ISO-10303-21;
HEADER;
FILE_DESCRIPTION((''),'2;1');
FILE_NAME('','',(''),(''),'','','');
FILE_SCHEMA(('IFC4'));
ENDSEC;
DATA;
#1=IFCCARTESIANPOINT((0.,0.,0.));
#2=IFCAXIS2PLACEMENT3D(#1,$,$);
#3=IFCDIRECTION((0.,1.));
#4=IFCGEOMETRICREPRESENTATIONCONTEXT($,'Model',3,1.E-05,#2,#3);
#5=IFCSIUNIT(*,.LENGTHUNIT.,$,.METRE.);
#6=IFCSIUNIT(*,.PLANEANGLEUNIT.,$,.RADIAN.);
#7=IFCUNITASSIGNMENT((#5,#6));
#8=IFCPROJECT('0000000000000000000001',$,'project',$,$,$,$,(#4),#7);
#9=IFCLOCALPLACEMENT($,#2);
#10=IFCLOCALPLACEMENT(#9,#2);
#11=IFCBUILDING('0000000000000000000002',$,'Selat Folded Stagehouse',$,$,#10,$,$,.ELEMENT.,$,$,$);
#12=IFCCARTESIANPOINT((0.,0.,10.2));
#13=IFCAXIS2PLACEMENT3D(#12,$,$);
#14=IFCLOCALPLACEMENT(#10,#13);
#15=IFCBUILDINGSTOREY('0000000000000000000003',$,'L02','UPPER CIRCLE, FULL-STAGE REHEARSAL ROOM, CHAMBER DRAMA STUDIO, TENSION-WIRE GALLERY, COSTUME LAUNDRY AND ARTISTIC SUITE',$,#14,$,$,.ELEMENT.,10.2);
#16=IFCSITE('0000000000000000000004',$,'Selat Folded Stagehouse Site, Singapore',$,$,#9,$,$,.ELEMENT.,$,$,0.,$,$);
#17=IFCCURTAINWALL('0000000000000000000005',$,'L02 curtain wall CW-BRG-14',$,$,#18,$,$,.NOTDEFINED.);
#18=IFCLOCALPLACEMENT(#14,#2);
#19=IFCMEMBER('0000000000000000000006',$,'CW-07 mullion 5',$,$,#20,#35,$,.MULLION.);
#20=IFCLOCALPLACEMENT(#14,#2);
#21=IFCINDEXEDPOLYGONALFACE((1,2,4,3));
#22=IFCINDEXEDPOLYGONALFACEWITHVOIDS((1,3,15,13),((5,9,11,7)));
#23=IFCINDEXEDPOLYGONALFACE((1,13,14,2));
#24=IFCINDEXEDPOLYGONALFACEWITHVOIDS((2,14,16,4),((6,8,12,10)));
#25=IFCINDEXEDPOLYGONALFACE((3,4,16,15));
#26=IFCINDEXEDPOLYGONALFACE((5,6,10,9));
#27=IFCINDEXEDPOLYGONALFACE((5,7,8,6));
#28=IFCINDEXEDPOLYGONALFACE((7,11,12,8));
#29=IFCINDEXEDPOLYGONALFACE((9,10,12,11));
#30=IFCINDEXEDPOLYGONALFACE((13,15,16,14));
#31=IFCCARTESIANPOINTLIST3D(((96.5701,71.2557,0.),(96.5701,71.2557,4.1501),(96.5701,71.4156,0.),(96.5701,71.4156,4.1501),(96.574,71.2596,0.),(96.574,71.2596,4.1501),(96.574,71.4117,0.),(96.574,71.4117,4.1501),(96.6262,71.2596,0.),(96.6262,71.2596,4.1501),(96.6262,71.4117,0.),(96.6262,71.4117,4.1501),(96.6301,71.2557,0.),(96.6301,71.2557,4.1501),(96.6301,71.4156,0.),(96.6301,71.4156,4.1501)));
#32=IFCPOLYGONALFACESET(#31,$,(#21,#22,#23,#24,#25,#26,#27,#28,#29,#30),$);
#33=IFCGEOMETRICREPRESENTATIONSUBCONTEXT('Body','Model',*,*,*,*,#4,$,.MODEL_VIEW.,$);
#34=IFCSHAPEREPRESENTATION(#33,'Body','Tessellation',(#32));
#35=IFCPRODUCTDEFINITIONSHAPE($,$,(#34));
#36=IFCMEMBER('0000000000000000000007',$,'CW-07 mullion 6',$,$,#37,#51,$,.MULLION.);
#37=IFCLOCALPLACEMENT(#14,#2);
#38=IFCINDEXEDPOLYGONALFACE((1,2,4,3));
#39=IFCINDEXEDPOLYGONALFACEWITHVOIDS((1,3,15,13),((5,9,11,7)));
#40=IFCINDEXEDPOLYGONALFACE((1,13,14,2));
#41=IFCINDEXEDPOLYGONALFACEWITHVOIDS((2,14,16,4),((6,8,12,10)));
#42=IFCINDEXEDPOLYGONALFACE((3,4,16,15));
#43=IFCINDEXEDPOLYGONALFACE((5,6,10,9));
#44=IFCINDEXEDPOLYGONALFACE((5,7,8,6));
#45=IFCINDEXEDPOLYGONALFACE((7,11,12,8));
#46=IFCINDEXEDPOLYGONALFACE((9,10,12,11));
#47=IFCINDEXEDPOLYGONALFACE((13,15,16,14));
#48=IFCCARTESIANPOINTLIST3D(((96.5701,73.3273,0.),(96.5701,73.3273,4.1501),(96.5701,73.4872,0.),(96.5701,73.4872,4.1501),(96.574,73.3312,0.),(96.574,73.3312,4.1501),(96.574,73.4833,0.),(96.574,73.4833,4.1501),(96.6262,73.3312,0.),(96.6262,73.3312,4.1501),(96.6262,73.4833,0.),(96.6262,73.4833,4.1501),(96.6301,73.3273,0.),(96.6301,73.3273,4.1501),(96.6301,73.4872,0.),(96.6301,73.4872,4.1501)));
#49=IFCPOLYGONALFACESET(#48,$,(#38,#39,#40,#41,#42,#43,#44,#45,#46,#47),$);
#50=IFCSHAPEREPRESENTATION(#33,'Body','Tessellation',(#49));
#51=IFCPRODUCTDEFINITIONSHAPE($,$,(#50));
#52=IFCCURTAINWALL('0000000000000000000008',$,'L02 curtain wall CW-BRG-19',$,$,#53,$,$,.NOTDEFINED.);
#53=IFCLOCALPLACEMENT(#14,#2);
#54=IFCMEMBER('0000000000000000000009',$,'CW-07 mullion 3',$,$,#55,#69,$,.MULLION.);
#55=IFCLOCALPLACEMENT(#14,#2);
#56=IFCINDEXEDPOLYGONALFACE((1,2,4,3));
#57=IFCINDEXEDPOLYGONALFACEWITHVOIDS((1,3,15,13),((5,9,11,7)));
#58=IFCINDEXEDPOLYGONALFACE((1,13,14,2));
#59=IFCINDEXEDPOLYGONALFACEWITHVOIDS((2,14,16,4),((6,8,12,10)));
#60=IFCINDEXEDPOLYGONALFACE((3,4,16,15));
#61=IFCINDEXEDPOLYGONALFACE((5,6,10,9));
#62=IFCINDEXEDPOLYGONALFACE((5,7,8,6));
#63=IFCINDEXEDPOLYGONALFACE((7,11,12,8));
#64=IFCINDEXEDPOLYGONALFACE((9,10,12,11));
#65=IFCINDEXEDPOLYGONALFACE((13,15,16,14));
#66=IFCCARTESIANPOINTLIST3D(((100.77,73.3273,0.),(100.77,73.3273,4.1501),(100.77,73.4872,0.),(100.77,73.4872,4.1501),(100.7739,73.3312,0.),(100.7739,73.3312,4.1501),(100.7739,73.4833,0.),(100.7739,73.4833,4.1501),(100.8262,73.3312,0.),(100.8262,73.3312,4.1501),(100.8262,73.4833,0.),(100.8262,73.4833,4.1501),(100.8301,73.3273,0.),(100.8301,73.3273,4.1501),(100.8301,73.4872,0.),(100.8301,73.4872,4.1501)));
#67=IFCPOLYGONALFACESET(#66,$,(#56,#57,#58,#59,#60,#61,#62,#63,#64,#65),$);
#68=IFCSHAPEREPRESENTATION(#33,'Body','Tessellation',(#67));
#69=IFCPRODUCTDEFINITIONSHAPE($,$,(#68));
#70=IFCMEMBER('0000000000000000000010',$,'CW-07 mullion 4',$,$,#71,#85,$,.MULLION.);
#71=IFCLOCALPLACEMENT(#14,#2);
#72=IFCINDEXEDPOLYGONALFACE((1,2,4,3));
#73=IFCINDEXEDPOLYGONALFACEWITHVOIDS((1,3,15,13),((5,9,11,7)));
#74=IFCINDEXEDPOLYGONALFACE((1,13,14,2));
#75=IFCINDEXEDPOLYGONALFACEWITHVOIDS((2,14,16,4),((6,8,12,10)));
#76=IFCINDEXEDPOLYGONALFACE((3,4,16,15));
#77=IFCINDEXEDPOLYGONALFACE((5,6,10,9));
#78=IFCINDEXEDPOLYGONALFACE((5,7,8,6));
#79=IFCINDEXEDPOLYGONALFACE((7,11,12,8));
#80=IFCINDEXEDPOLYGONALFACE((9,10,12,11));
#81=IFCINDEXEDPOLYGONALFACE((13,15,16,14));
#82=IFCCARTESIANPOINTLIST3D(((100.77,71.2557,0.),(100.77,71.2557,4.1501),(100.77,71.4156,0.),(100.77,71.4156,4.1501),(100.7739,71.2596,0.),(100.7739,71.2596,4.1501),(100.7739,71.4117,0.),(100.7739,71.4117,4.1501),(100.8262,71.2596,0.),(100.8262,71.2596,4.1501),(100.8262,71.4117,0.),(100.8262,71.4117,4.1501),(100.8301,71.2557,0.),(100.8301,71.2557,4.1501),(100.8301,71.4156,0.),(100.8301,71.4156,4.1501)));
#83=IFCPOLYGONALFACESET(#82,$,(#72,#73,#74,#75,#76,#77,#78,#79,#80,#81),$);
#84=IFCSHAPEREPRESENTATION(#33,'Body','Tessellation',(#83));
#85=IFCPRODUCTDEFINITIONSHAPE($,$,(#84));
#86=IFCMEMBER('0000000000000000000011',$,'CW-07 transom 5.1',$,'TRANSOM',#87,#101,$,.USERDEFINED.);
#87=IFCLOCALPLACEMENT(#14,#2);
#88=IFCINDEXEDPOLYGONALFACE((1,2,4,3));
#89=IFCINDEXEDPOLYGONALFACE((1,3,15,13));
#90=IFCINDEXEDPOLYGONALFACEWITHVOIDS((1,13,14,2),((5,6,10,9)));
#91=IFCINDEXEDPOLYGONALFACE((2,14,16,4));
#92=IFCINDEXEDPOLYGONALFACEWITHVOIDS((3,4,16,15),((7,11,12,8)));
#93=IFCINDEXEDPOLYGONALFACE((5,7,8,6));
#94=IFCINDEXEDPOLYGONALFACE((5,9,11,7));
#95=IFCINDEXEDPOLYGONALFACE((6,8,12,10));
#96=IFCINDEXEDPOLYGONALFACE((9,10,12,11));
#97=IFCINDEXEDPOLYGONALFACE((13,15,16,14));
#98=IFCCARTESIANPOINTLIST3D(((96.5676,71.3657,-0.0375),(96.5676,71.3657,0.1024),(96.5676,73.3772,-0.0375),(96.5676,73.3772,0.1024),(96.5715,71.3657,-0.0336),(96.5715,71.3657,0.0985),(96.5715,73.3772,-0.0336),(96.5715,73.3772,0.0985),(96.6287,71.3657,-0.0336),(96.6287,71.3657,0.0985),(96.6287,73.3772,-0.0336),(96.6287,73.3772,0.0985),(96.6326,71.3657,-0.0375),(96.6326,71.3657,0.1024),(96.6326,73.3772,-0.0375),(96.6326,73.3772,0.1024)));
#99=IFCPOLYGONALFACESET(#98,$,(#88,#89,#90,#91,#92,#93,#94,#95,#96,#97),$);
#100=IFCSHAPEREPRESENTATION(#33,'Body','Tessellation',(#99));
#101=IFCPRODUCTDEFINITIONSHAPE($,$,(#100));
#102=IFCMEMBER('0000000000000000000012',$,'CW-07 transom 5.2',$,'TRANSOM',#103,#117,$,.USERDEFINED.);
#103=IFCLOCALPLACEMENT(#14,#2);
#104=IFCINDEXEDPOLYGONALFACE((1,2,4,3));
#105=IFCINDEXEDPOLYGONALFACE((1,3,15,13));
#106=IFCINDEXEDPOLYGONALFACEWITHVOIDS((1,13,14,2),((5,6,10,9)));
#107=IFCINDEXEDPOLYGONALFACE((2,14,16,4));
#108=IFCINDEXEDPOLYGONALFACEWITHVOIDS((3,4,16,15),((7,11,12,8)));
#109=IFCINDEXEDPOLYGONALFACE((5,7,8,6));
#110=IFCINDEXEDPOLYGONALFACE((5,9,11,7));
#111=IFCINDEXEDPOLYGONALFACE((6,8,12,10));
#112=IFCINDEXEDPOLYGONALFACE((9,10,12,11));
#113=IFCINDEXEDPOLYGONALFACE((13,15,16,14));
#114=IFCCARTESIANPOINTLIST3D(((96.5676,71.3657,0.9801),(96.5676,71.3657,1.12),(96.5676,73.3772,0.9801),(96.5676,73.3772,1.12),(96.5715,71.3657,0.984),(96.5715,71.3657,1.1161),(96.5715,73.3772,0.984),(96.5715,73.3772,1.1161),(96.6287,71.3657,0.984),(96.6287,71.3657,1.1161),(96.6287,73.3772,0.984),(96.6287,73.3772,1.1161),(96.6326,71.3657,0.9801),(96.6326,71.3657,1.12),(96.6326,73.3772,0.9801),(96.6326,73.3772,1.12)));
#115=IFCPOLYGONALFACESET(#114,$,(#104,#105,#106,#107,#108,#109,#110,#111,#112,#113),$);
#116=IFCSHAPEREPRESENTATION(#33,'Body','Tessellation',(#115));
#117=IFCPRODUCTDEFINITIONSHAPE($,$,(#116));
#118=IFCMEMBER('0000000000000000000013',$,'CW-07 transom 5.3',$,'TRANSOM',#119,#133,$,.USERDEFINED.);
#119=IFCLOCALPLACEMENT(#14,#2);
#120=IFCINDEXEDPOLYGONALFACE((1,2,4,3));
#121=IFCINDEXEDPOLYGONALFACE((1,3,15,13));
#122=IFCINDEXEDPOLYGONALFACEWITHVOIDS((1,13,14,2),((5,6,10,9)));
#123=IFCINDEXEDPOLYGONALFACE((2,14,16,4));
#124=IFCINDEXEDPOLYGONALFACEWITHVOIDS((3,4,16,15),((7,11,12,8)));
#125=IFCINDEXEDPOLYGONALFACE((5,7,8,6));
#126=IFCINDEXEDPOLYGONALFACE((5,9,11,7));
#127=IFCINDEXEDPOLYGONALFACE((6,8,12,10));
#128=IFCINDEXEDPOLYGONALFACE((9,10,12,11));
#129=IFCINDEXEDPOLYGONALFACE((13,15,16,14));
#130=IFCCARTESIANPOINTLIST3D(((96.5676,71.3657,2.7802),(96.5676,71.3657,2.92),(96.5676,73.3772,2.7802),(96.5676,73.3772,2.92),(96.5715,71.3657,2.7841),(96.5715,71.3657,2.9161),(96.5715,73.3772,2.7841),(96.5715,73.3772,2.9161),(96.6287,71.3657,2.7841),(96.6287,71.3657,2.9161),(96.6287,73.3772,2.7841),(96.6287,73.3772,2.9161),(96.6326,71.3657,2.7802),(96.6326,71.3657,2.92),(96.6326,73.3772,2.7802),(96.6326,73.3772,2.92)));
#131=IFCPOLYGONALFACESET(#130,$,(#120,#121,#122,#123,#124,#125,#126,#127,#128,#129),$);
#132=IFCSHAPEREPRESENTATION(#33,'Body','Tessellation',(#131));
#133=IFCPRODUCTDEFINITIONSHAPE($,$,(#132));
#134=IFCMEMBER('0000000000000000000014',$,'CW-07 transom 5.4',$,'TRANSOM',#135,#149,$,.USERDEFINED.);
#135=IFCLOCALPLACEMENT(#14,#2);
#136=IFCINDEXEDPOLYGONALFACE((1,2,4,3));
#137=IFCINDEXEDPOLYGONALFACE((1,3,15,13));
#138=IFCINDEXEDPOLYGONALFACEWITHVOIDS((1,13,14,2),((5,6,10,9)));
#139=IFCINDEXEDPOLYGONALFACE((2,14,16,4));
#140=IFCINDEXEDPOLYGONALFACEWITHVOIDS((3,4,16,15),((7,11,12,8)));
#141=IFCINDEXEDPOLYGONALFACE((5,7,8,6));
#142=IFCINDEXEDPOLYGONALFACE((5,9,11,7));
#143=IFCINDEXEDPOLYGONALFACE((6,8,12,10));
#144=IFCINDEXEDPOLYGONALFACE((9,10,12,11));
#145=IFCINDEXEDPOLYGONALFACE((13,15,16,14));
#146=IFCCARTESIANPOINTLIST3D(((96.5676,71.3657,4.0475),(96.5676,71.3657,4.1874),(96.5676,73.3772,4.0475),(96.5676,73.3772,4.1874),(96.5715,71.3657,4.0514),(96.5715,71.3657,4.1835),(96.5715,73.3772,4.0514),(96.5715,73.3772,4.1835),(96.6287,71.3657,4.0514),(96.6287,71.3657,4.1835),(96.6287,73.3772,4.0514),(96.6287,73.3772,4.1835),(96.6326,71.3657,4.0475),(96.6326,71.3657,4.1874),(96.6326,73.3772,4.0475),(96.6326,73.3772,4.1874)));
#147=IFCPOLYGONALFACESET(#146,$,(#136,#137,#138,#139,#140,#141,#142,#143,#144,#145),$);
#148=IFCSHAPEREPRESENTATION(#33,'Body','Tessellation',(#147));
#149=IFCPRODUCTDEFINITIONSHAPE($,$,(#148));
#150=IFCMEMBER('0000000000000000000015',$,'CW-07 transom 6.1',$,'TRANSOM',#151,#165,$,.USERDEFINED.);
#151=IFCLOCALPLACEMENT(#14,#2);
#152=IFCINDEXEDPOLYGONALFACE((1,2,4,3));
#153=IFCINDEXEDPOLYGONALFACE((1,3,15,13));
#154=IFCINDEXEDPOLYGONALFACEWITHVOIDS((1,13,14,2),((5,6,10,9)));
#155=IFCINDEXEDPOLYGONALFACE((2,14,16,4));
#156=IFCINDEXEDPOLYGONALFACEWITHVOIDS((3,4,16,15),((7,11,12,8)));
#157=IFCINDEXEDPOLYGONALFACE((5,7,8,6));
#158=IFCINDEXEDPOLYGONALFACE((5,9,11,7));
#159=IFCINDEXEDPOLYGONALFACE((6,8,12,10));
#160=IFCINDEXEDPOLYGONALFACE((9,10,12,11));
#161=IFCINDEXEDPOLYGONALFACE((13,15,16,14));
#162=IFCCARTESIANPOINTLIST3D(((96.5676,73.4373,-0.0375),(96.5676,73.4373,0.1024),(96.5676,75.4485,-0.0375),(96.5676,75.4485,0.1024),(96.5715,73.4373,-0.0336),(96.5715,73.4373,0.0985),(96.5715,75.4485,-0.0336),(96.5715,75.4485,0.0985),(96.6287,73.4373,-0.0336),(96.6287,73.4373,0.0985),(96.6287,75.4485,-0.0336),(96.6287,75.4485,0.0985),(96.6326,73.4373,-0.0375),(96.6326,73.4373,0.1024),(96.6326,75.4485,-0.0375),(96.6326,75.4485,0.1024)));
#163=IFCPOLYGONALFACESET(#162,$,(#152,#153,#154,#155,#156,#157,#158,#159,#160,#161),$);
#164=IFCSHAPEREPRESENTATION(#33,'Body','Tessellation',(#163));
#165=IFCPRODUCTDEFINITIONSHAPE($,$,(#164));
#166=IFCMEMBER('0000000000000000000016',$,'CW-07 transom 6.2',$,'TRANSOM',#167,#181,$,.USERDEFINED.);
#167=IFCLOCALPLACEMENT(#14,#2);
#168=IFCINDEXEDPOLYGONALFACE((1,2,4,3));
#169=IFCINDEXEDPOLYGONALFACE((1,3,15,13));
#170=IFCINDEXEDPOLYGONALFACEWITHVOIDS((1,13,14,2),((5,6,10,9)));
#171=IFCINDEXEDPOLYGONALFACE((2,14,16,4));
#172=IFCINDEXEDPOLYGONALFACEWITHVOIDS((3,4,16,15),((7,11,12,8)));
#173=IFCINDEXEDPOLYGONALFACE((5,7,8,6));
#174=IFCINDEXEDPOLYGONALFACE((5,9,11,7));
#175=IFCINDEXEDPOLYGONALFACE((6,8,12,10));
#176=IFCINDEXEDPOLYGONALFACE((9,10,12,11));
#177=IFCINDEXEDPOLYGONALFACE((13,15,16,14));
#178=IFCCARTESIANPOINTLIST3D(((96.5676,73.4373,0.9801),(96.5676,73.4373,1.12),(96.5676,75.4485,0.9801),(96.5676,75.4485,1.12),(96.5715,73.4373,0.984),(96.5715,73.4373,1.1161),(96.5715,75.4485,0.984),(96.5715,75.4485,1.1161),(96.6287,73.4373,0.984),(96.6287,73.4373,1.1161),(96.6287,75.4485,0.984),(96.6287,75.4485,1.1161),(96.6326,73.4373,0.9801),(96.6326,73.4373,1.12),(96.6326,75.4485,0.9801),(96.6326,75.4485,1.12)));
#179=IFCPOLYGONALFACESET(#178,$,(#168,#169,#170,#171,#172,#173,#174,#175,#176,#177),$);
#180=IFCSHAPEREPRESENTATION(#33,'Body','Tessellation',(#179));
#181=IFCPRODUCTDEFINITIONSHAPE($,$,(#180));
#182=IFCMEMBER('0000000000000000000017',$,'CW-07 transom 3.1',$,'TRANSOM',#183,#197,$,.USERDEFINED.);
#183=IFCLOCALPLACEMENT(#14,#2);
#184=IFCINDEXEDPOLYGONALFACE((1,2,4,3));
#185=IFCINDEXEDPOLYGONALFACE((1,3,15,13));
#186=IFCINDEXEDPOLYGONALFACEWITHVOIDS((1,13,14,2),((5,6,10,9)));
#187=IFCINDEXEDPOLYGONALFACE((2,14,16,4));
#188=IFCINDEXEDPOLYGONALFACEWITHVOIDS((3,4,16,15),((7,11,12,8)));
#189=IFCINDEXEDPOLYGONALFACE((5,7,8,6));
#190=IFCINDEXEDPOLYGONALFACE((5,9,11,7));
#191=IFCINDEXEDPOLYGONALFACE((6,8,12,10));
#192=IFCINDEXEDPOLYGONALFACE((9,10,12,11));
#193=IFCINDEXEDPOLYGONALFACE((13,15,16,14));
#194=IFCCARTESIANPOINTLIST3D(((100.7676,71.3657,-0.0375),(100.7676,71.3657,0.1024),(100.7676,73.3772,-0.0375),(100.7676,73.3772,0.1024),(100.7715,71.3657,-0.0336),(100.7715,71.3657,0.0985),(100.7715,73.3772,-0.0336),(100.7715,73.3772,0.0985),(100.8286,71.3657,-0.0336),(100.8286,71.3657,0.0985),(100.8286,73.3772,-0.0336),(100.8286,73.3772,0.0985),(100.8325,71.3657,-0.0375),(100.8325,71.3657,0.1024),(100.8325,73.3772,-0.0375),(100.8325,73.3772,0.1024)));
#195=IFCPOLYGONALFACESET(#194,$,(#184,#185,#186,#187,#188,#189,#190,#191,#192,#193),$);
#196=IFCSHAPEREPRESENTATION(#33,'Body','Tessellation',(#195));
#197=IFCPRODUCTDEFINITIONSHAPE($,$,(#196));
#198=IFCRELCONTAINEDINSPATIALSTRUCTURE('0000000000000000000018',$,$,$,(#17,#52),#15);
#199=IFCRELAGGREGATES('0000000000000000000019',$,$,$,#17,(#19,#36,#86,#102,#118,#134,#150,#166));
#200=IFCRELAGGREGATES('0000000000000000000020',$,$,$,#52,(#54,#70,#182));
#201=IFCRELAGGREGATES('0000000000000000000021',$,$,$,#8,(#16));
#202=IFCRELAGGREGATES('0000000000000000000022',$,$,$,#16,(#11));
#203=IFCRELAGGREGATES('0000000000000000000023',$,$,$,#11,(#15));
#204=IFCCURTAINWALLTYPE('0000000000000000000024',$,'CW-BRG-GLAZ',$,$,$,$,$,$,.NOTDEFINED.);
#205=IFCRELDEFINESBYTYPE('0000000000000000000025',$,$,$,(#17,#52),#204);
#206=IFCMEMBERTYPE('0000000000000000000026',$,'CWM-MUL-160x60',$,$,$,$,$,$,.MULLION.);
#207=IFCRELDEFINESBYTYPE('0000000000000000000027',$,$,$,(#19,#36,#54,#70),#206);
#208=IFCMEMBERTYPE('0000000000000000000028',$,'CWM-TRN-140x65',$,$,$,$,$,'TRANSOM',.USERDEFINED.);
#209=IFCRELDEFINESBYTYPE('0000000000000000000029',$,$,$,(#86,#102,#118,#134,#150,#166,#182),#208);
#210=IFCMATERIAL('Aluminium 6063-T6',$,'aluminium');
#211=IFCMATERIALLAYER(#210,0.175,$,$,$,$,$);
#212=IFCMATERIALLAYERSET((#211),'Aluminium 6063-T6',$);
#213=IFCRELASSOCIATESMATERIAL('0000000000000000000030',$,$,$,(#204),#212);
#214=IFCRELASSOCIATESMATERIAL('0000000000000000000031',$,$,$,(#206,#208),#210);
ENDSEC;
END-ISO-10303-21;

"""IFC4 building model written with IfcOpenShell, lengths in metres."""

from ifc_helpers import new_model, si_unit, direction, frame, origin, origin_2d, place, context, subcontext, project, spatial, hollow_rectangle, extrude, material, layer, layer_set, material_profile, profile_set, type_object, element, aggregate, save


model = new_model("IFC4")

# Units and contexts
model_context = context("Model", 3, precision=1e-05, world=origin(), true_north=direction((0.0, 1.0)))
body_context = subcontext(model_context, "Body", "Model", "MODEL_VIEW")
ifc_project = project(units=[si_unit("LENGTHUNIT", "METRE"), si_unit("PLANEANGLEUNIT", "RADIAN")], contexts=[model_context])

# Site, building, storey
site_placement = place(None, origin())
site = spatial("IfcSite", under=ifc_project, at=site_placement, Name="Selat Folded Stagehouse Site, Singapore", CompositionType="ELEMENT", RefElevation=0.0)
building_placement = place(site_placement, origin())
building = spatial("IfcBuilding", under=site, at=building_placement, Name="Selat Folded Stagehouse", CompositionType="ELEMENT")
storey_placement = place(building_placement, frame((0.0, 0.0, 10.2)))
storey = spatial("IfcBuildingStorey", under=building, at=storey_placement, Name="L02", Description="UPPER CIRCLE, FULL-STAGE REHEARSAL ROOM, CHAMBER DRAMA STUDIO, TENSION-WIRE GALLERY, COSTUME LAUNDRY AND ARTISTIC SUITE", CompositionType="ELEMENT", Elevation=10.2)

# Curtain walls, members
ifc_material_1 = material(Name="Aluminium 6063-T6", Category="aluminium")
ifc_layer_1 = layer(ifc_material_1, 0.175)
ifc_layer_set_1 = layer_set([ifc_layer_1], Name="Aluminium 6063-T6")
curtain_wall_type = type_object("IfcCurtainWallType", Name="CW-BRG-GLAZ", PredefinedType="NOTDEFINED", material=ifc_layer_set_1)
curtain_wall_1_placement = place(storey_placement, origin())
curtain_wall_1 = element("IfcCurtainWall", 1, at=curtain_wall_1_placement, inside=storey, type_object=curtain_wall_type, Name="L02 curtain wall CW-BRG-14", PredefinedType="NOTDEFINED")
ifc_material_profile_1 = material_profile(ifc_material_1, hollow_rectangle(XDim=0.0601, YDim=0.1599, WallThickness=0.0039, at=origin_2d()), Name="ALU 160x60x4.0")
ifc_profile_set_1 = profile_set([ifc_material_profile_1], Name="Aluminium 6063-T6")
member_type_1 = type_object("IfcMemberType", Name="CWM-MUL-160x60", PredefinedType="MULLION", material=ifc_profile_set_1)
member_1_placement = place(storey_placement, frame((96.6001, 71.3357, 0.0), z_axis=(0.0, 0.0, 1.0), x_axis=(-1.0, 0.0, 0.0)))
member_1 = element("IfcMember", 2, at=member_1_placement, type_object=member_type_1, Name="CW-07 mullion 5", PredefinedType="MULLION", context=body_context, shape_type="SweptSolid", body=[
    extrude(hollow_rectangle(XDim=0.0601, YDim=0.1599, WallThickness=0.0039, at=origin_2d()), origin(), (0.0, 0.0, 1.0), 4.1501),
])
member_2_placement = place(storey_placement, frame((96.6001, 73.4072, 0.0), z_axis=(0.0, 0.0, 1.0), x_axis=(-1.0, 0.0, 0.0)))
member_2 = element("IfcMember", 3, at=member_2_placement, type_object=member_type_1, Name="CW-07 mullion 6", PredefinedType="MULLION", context=body_context, shape_type="SweptSolid", body=[
    extrude(hollow_rectangle(XDim=0.0601, YDim=0.1599, WallThickness=0.0039, at=origin_2d()), origin(), (0.0, 0.0, 1.0), 4.1501),
])
curtain_wall_2_placement = place(storey_placement, origin())
curtain_wall_2 = element("IfcCurtainWall", 4, at=curtain_wall_2_placement, inside=storey, type_object=curtain_wall_type, Name="L02 curtain wall CW-BRG-19", PredefinedType="NOTDEFINED")
member_3_placement = place(storey_placement, frame((100.8, 73.4072, 0.0), z_axis=(0.0, 0.0, 1.0), x_axis=(1.0, 0.0, 0.0)))
member_3 = element("IfcMember", 5, at=member_3_placement, type_object=member_type_1, Name="CW-07 mullion 3", PredefinedType="MULLION", context=body_context, shape_type="SweptSolid", body=[
    extrude(hollow_rectangle(XDim=0.0601, YDim=0.1599, WallThickness=0.0039, at=origin_2d()), origin(), (0.0, 0.0, 1.0), 4.1501),
])
member_4_placement = place(storey_placement, frame((100.8, 71.3357, 0.0), z_axis=(0.0, 0.0, 1.0), x_axis=(1.0, 0.0, 0.0)))
member_4 = element("IfcMember", 6, at=member_4_placement, type_object=member_type_1, Name="CW-07 mullion 4", PredefinedType="MULLION", context=body_context, shape_type="SweptSolid", body=[
    extrude(hollow_rectangle(XDim=0.0601, YDim=0.1599, WallThickness=0.0039, at=origin_2d()), origin(), (0.0, 0.0, 1.0), 4.1501),
])

# Members
ifc_material_profile_2 = material_profile(ifc_material_1, hollow_rectangle(XDim=0.0649, YDim=0.1399, WallThickness=0.0039, at=origin_2d()), Name="ALU 140x65x4.0")
ifc_profile_set_2 = profile_set([ifc_material_profile_2], Name="Aluminium 6063-T6")
member_type_2 = type_object("IfcMemberType", Name="CWM-TRN-140x65", ElementType="TRANSOM", PredefinedType="USERDEFINED", material=ifc_profile_set_2)
member_5_placement = place(storey_placement, frame((96.6001, 71.3657, 0.0325), z_axis=(0.0, 1.0, 0.0), x_axis=(-1.0, 0.0, 0.0)))
member_5 = element("IfcMember", 7, at=member_5_placement, type_object=member_type_2, Name="CW-07 transom 5.1", ObjectType="TRANSOM", PredefinedType="USERDEFINED", context=body_context, shape_type="SweptSolid", body=[
    extrude(hollow_rectangle(XDim=0.0649, YDim=0.1399, WallThickness=0.0039, at=origin_2d()), origin(), (0.0, 0.0, 1.0), 2.0115),
])
member_6_placement = place(storey_placement, frame((96.6001, 71.3657, 1.05), z_axis=(0.0, 1.0, 0.0), x_axis=(-1.0, 0.0, 0.0)))
member_6 = element("IfcMember", 8, at=member_6_placement, type_object=member_type_2, Name="CW-07 transom 5.2", ObjectType="TRANSOM", PredefinedType="USERDEFINED", context=body_context, shape_type="SweptSolid", body=[
    extrude(hollow_rectangle(XDim=0.0649, YDim=0.1399, WallThickness=0.0039, at=origin_2d()), origin(), (0.0, 0.0, 1.0), 2.0115),
])
member_7_placement = place(storey_placement, frame((96.6001, 71.3657, 2.8501), z_axis=(0.0, 1.0, 0.0), x_axis=(-1.0, 0.0, 0.0)))
member_7 = element("IfcMember", 9, at=member_7_placement, type_object=member_type_2, Name="CW-07 transom 5.3", ObjectType="TRANSOM", PredefinedType="USERDEFINED", context=body_context, shape_type="SweptSolid", body=[
    extrude(hollow_rectangle(XDim=0.0649, YDim=0.1399, WallThickness=0.0039, at=origin_2d()), origin(), (0.0, 0.0, 1.0), 2.0115),
])
member_8_placement = place(storey_placement, frame((96.6001, 71.3657, 4.1174), z_axis=(0.0, 1.0, 0.0), x_axis=(-1.0, 0.0, 0.0)))
member_8 = element("IfcMember", 10, at=member_8_placement, type_object=member_type_2, Name="CW-07 transom 5.4", ObjectType="TRANSOM", PredefinedType="USERDEFINED", context=body_context, shape_type="SweptSolid", body=[
    extrude(hollow_rectangle(XDim=0.0649, YDim=0.1399, WallThickness=0.0039, at=origin_2d()), origin(), (0.0, 0.0, 1.0), 2.0115),
])
member_9_placement = place(storey_placement, frame((96.6001, 73.4373, 0.0325), z_axis=(0.0, 1.0, 0.0), x_axis=(-1.0, 0.0, 0.0)))
member_9 = element("IfcMember", 11, at=member_9_placement, type_object=member_type_2, Name="CW-07 transom 6.1", ObjectType="TRANSOM", PredefinedType="USERDEFINED", context=body_context, shape_type="SweptSolid", body=[
    extrude(hollow_rectangle(XDim=0.0649, YDim=0.1399, WallThickness=0.0039, at=origin_2d()), origin(), (0.0, 0.0, 1.0), 2.0112),
])
member_10_placement = place(storey_placement, frame((96.6001, 73.4373, 1.05), z_axis=(0.0, 1.0, 0.0), x_axis=(-1.0, 0.0, 0.0)))
member_10 = element("IfcMember", 12, at=member_10_placement, type_object=member_type_2, Name="CW-07 transom 6.2", ObjectType="TRANSOM", PredefinedType="USERDEFINED", context=body_context, shape_type="SweptSolid", body=[
    extrude(hollow_rectangle(XDim=0.0649, YDim=0.1399, WallThickness=0.0039, at=origin_2d()), origin(), (0.0, 0.0, 1.0), 2.0112),
])
member_11_placement = place(storey_placement, frame((100.8, 73.3772, 0.0325), z_axis=(0.0, -1.0, 0.0), x_axis=(1.0, 0.0, 0.0)))
member_11 = element("IfcMember", 13, at=member_11_placement, type_object=member_type_2, Name="CW-07 transom 3.1", ObjectType="TRANSOM", PredefinedType="USERDEFINED", context=body_context, shape_type="SweptSolid", body=[
    extrude(hollow_rectangle(XDim=0.0649, YDim=0.1399, WallThickness=0.0039, at=origin_2d()), origin(), (0.0, 0.0, 1.0), 2.0115),
])

aggregate(curtain_wall_1, [member_1, member_2, member_5, member_6, member_7, member_8, member_9, member_10])
aggregate(curtain_wall_2, [member_3, member_4, member_11])

save(model, "model.ifc")
